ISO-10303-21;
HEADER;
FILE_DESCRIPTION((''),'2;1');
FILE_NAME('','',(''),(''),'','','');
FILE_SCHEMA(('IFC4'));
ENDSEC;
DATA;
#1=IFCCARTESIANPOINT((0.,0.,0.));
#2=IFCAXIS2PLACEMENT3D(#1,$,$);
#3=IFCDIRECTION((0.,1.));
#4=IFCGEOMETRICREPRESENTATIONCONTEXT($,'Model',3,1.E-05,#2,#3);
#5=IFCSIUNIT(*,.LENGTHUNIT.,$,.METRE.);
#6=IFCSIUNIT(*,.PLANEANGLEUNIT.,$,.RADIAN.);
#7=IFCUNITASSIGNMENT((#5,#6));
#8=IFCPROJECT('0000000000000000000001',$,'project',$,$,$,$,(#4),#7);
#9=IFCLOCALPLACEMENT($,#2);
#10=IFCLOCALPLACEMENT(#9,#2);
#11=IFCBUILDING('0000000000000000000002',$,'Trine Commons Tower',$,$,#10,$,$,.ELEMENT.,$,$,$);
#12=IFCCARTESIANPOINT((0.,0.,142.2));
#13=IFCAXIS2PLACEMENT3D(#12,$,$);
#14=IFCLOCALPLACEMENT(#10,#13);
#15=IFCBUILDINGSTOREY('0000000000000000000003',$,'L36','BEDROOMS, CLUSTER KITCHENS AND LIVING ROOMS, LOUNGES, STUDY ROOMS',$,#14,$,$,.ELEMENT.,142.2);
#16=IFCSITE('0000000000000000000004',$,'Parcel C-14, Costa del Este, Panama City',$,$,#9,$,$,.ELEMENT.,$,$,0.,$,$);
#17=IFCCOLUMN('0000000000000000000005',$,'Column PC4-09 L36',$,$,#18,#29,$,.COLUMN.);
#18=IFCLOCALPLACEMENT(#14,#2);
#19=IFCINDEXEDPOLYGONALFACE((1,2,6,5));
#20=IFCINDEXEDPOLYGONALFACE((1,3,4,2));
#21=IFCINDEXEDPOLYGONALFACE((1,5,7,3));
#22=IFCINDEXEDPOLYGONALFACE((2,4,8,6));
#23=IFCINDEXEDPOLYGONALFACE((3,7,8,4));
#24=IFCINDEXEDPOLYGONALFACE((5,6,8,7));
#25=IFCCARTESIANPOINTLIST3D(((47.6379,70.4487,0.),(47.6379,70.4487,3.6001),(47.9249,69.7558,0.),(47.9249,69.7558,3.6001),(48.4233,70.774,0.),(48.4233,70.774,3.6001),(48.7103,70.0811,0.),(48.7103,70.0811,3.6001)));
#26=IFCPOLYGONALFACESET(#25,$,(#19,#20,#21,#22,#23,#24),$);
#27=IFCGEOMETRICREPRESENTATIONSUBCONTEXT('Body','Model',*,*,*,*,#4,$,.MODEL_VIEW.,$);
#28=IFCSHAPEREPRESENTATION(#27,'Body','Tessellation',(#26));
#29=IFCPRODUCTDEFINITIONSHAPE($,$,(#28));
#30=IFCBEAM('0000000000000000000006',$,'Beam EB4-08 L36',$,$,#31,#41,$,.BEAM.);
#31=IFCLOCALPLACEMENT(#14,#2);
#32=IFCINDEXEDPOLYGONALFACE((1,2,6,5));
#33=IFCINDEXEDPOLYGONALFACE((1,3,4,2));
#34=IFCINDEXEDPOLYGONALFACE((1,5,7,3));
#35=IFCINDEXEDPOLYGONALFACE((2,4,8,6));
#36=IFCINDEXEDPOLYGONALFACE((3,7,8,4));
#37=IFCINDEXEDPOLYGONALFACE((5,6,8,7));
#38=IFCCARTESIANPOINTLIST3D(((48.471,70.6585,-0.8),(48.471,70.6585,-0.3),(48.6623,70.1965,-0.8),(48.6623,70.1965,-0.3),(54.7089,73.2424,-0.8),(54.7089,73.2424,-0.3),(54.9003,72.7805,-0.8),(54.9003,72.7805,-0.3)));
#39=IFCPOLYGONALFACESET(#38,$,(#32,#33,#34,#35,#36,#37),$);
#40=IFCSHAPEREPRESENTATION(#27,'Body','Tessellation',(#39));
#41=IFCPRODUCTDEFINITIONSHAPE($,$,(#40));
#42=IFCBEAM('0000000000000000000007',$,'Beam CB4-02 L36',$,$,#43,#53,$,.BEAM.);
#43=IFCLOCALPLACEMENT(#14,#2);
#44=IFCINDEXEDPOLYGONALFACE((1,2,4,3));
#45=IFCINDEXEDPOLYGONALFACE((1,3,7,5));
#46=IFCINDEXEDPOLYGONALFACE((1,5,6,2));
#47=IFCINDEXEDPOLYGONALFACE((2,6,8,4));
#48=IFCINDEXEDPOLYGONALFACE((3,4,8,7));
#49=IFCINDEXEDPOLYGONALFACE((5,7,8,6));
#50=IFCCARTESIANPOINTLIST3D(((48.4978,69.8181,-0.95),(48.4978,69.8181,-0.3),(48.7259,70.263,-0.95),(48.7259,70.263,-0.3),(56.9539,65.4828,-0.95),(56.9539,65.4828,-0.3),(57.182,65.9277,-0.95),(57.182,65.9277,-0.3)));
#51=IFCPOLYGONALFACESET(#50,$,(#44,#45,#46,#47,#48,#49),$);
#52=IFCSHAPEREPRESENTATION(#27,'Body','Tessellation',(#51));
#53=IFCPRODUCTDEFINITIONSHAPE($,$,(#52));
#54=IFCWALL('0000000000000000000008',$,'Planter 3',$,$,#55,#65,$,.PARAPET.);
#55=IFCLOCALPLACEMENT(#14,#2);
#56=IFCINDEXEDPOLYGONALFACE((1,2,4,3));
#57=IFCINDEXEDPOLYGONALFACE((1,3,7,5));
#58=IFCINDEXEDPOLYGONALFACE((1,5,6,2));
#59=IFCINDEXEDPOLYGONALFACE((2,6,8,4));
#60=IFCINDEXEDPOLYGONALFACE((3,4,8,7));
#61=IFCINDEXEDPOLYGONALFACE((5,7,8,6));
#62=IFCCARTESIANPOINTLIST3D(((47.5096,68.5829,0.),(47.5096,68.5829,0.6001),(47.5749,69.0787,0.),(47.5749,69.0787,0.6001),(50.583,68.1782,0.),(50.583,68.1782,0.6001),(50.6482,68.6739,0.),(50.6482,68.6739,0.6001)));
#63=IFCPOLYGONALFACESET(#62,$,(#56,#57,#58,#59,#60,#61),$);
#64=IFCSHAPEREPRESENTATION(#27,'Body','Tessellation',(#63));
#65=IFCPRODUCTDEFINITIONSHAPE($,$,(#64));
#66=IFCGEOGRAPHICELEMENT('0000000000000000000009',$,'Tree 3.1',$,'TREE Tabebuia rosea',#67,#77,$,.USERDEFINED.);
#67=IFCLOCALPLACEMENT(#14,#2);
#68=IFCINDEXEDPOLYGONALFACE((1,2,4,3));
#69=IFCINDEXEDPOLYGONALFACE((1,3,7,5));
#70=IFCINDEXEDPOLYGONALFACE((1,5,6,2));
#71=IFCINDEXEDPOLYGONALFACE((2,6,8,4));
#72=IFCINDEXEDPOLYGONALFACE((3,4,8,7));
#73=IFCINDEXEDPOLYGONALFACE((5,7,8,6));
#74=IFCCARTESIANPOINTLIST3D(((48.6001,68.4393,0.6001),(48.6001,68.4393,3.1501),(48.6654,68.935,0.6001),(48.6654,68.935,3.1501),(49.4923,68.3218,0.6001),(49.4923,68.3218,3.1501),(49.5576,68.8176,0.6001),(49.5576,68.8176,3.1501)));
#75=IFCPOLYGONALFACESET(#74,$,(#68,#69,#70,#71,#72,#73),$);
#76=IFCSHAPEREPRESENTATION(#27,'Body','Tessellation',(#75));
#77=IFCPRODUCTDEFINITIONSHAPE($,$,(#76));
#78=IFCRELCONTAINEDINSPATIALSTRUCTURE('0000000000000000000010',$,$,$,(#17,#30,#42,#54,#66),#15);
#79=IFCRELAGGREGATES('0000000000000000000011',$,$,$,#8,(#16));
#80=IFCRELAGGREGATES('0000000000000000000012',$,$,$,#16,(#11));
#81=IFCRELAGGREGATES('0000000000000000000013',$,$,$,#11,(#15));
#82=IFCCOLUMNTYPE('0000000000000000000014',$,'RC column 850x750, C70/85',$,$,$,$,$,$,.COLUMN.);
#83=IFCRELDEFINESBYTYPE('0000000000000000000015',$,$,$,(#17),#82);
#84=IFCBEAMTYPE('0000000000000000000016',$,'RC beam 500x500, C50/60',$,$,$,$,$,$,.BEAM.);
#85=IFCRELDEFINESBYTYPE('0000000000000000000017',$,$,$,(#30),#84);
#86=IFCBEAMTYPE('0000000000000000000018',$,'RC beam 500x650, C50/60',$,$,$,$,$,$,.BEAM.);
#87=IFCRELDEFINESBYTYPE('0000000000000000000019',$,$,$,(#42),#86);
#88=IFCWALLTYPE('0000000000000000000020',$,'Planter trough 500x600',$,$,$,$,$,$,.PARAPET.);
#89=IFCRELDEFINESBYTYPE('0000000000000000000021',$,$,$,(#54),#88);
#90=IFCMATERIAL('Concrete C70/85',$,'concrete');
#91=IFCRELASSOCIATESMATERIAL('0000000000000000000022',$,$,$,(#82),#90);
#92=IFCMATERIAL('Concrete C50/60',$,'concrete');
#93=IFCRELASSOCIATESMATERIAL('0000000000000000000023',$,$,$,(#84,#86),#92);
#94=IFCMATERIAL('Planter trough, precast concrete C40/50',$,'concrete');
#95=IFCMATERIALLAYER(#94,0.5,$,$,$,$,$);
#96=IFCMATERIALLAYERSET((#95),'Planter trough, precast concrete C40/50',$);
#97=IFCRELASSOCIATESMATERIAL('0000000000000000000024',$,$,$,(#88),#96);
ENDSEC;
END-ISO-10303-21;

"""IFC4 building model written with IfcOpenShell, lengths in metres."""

from ifc_helpers import new_model, si_unit, direction, frame, frame_2d, origin, origin_2d, place, context, subcontext, project, spatial, rectangle, extrude, material, layer, layer_set, material_profile, profile_set, type_object, element, save


model = new_model("IFC4")

# Units and contexts
model_context = context("Model", 3, precision=1e-05, world=origin(), true_north=direction((0.0, 1.0)))
body_context = subcontext(model_context, "Body", "Model", "MODEL_VIEW")
ifc_project = project(units=[si_unit("LENGTHUNIT", "METRE"), si_unit("PLANEANGLEUNIT", "RADIAN")], contexts=[model_context])

# Site, building, storey
site_placement = place(None, origin())
site = spatial("IfcSite", under=ifc_project, at=site_placement, Name="Parcel C-14, Costa del Este, Panama City", CompositionType="ELEMENT", RefElevation=0.0)
building_placement = place(site_placement, origin())
building = spatial("IfcBuilding", under=site, at=building_placement, Name="Trine Commons Tower", CompositionType="ELEMENT")
storey_placement = place(building_placement, frame((0.0, 0.0, 142.2)))
storey = spatial("IfcBuildingStorey", under=building, at=storey_placement, Name="L36", Description="BEDROOMS, CLUSTER KITCHENS AND LIVING ROOMS, LOUNGES, STUDY ROOMS", CompositionType="ELEMENT", Elevation=142.2)

# Column
ifc_material_1 = material(Name="Concrete C70/85", Category="concrete")
ifc_material_profile_1 = material_profile(ifc_material_1, rectangle(XDim=0.8501, YDim=0.75, at=origin_2d()), Name="RC 850x750")
ifc_profile_set_1 = profile_set([ifc_material_profile_1], Name="Concrete C70/85")
column_type = type_object("IfcColumnType", Name="RC column 850x750, C70/85", PredefinedType="COLUMN", material=ifc_profile_set_1)
column_placement = place(storey_placement, frame((48.1741, 70.2649, 0.0), z_axis=(0.0, 0.0, 1.0), x_axis=(0.92388, 0.382683, 0.0)))
element("IfcColumn", 1, at=column_placement, inside=storey, type_object=column_type, Name="Column PC4-09 L36", PredefinedType="COLUMN", context=body_context, shape_type="SweptSolid", body=[
    extrude(rectangle(XDim=0.8501, YDim=0.75, at=origin_2d()), origin(), (0.0, 0.0, 1.0), 3.6001),
])

# Beams
ifc_material_2 = material(Name="Concrete C50/60", Category="concrete")
ifc_material_profile_2 = material_profile(ifc_material_2, rectangle(XDim=0.5, YDim=0.5, at=origin_2d()), Name="RC 500x500")
ifc_profile_set_2 = profile_set([ifc_material_profile_2], Name="Concrete C50/60")
beam_type_1 = type_object("IfcBeamType", Name="RC beam 500x500, C50/60", PredefinedType="BEAM", material=ifc_profile_set_2)
beam_1_placement = place(storey_placement, frame((48.5667, 70.4275, -0.55), z_axis=(0.923874, 0.382697, 0.0), x_axis=(-0.382697, 0.923874, 0.0)))
element("IfcBeam", 2, at=beam_1_placement, inside=storey, type_object=beam_type_1, Name="Beam EB4-08 L36", PredefinedType="BEAM", context=body_context, shape_type="SweptSolid", body=[
    extrude(rectangle(XDim=0.5, YDim=0.5, at=origin_2d()), origin(), (0.0, 0.0, 1.0), 6.752),
])
ifc_material_profile_3 = material_profile(ifc_material_2, rectangle(XDim=0.5, YDim=0.6499, at=origin_2d()), Name="RC 500x650")
ifc_profile_set_3 = profile_set([ifc_material_profile_3], Name="Concrete C50/60")
beam_type_2 = type_object("IfcBeamType", Name="RC beam 500x650, C50/60", PredefinedType="BEAM", material=ifc_profile_set_3)
beam_2_placement = place(storey_placement, frame((48.6118, 70.0405, -0.625), z_axis=(0.88987, -0.456214, 0.0), x_axis=(0.456214, 0.88987, 0.0)))
element("IfcBeam", 3, at=beam_2_placement, inside=storey, type_object=beam_type_2, Name="Beam CB4-02 L36", PredefinedType="BEAM", context=body_context, shape_type="SweptSolid", body=[
    extrude(rectangle(XDim=0.5, YDim=0.6499, at=origin_2d()), origin(), (0.0, 0.0, 1.0), 9.5027),
])

# Wall
ifc_material_3 = material(Name="Planter trough, precast concrete C40/50", Category="concrete")
ifc_layer_1 = layer(ifc_material_3, 0.5)
ifc_layer_set_1 = layer_set([ifc_layer_1], Name="Planter trough, precast concrete C40/50")
wall_type_1 = type_object("IfcWallType", Name="Planter trough 500x600", PredefinedType="PARAPET", material=ifc_layer_set_1)
wall_1_placement = place(storey_placement, frame((50.6155, 68.426, 0.0), z_axis=(0.0, 0.0, 1.0), x_axis=(-0.991437, 0.130585, 0.0)))
element("IfcWall", 4, at=wall_1_placement, inside=storey, type_object=wall_type_1, Name="Planter 3", PredefinedType="PARAPET", context=body_context, shape_type="SweptSolid", body=[
    extrude(rectangle(XDim=3.0999, YDim=0.5, at=frame_2d((1.5498, 0.0))), origin(), (0.0, 0.0, 1.0), 0.6001),
])

# Geographic element
geographic_element_placement = place(storey_placement, frame((49.0789, 68.6284, 0.6001), z_axis=(0.0, 0.0, 1.0), x_axis=(-0.991446, 0.130518, 0.0)))
element("IfcGeographicElement", 5, at=geographic_element_placement, inside=storey, Name="Tree 3.1", ObjectType="TREE Tabebuia rosea", PredefinedType="USERDEFINED", context=body_context, shape_type="SweptSolid", body=[
    extrude(rectangle(XDim=0.8999, YDim=0.5, at=origin_2d()), origin(), (0.0, 0.0, 1.0), 2.55),
])

save(model, "model.ifc")
